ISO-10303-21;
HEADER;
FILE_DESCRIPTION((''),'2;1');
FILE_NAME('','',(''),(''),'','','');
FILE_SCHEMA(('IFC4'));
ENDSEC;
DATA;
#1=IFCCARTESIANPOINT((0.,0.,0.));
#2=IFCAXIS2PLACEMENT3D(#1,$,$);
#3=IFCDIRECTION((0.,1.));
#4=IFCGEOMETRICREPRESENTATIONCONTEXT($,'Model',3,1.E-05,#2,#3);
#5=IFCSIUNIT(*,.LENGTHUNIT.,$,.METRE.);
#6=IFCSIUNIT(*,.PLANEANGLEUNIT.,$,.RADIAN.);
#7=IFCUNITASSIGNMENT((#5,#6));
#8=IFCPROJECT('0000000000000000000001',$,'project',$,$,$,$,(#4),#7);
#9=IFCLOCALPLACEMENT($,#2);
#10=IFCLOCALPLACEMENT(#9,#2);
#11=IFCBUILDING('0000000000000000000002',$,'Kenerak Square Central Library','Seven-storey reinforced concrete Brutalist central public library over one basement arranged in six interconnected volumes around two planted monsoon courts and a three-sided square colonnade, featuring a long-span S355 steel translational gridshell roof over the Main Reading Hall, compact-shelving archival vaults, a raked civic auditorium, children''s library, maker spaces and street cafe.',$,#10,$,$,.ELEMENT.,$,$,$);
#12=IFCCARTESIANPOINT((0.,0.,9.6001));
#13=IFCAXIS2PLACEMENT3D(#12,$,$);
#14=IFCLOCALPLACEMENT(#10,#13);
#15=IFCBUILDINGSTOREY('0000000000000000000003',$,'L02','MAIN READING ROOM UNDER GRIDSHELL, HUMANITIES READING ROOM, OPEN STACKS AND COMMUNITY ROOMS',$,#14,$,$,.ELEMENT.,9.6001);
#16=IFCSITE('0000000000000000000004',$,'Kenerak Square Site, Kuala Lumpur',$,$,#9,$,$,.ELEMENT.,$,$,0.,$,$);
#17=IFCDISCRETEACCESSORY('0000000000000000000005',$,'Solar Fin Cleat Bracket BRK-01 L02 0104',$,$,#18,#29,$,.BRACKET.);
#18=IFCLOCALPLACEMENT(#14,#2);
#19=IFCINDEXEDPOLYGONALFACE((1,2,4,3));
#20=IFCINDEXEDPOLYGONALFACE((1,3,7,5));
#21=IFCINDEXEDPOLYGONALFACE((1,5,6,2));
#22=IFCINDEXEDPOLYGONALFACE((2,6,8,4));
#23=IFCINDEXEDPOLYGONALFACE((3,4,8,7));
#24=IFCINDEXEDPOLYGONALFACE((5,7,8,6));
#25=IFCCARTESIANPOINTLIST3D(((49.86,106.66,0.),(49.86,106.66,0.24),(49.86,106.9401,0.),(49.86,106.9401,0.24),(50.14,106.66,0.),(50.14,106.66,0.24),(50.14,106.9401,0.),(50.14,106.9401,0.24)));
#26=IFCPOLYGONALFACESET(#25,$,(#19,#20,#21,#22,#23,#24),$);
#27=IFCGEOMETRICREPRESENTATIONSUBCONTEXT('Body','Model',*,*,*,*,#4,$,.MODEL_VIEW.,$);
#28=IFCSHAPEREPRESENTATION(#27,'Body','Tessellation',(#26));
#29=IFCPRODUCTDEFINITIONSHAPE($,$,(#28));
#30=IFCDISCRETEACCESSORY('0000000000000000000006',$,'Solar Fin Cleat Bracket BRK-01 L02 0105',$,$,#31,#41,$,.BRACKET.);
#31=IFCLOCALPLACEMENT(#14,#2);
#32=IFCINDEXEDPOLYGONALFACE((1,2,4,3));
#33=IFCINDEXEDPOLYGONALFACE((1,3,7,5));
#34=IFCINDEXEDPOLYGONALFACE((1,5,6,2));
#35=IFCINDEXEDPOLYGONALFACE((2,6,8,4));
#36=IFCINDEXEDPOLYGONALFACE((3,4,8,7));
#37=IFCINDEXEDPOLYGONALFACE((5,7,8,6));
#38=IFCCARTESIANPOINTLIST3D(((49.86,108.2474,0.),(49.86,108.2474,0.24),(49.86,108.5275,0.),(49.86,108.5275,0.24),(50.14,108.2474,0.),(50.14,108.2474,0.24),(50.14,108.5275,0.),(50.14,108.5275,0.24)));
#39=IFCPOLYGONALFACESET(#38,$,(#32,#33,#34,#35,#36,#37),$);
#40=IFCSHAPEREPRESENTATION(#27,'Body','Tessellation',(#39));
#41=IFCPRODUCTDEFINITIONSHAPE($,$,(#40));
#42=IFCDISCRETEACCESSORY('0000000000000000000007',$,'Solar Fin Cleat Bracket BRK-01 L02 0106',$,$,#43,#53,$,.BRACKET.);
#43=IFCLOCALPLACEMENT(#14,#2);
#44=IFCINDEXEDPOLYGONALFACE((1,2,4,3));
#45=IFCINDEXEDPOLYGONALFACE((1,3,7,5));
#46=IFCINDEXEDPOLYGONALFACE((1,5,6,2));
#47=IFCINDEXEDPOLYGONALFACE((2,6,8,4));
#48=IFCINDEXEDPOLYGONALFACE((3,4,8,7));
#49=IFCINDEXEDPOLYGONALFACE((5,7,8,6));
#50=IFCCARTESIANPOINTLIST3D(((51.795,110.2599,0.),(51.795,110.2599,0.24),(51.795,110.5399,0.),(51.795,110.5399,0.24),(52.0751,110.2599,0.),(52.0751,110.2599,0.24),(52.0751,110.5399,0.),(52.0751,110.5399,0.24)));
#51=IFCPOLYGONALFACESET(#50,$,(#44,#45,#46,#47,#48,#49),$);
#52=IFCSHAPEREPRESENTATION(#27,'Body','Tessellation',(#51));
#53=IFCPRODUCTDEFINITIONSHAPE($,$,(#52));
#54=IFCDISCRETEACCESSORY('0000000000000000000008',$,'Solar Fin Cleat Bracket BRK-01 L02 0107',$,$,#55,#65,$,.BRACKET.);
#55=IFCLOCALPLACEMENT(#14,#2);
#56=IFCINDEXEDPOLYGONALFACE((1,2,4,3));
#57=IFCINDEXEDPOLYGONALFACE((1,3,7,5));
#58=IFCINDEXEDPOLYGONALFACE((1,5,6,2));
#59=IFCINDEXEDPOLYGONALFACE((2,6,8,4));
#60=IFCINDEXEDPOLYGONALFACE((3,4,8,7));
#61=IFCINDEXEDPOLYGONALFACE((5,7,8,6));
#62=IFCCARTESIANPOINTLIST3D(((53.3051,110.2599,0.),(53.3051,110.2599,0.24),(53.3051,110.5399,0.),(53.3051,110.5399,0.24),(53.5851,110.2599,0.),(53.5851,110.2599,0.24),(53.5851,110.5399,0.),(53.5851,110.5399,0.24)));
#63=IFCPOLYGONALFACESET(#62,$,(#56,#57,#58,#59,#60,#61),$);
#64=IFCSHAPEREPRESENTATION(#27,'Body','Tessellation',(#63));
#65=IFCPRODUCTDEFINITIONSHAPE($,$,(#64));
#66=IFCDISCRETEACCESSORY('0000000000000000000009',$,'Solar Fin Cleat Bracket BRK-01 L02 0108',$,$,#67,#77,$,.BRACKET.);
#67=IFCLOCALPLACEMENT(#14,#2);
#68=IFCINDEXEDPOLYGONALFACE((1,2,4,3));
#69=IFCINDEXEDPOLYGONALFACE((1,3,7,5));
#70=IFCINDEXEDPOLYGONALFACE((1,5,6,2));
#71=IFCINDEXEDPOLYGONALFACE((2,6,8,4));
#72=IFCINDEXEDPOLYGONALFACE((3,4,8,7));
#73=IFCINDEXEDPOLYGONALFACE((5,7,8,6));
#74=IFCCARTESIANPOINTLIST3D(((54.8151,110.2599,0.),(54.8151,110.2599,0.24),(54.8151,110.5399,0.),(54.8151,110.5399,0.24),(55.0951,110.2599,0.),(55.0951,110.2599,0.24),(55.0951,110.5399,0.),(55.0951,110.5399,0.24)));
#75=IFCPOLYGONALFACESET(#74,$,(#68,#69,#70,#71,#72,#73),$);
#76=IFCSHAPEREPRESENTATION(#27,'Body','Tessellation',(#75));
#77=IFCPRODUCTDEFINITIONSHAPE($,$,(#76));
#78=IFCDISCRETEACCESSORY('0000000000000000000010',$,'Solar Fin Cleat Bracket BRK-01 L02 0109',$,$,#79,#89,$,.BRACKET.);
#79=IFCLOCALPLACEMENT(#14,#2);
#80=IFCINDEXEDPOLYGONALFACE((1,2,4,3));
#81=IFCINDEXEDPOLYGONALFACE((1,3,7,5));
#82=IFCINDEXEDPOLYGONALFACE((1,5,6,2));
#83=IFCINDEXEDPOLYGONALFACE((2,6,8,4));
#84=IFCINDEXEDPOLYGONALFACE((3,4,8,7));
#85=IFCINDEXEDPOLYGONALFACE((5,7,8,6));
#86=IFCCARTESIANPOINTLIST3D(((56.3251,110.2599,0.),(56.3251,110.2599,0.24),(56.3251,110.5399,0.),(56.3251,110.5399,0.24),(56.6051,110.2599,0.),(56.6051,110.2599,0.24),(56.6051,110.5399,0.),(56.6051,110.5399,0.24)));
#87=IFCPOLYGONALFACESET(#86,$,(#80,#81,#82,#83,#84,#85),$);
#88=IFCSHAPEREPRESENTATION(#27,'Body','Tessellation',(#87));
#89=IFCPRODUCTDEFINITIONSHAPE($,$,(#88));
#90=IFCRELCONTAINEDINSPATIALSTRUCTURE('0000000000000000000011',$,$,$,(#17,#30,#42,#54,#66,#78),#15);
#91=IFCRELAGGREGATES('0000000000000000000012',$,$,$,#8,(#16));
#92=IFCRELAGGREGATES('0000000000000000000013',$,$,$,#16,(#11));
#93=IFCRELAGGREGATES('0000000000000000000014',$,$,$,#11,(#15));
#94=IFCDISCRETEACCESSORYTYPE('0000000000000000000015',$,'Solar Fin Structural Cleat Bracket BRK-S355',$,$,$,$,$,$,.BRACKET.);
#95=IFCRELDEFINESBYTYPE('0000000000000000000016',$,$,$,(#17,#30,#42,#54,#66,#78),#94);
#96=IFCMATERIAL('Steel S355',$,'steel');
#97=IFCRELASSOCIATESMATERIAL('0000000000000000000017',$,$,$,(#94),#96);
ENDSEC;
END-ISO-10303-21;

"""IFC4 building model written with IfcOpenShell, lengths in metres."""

from ifc_helpers import new_model, si_unit, direction, frame, origin, origin_2d, place, context, subcontext, project, spatial, rectangle, extrude, material, type_object, element, save


model = new_model("IFC4")

# Units and contexts
model_context = context("Model", 3, precision=1e-05, world=origin(), true_north=direction((0.0, 1.0)))
body_context = subcontext(model_context, "Body", "Model", "MODEL_VIEW")
ifc_project = project(units=[si_unit("LENGTHUNIT", "METRE"), si_unit("PLANEANGLEUNIT", "RADIAN")], contexts=[model_context])

# Site, building, storey
site_placement = place(None, origin())
site = spatial("IfcSite", under=ifc_project, at=site_placement, Name="Kenerak Square Site, Kuala Lumpur", CompositionType="ELEMENT", RefElevation=0.0)
building_placement = place(site_placement, origin())
building = spatial("IfcBuilding", under=site, at=building_placement, Name="Kenerak Square Central Library", Description="Seven-storey reinforced concrete Brutalist central public library over one basement arranged in six interconnected volumes around two planted monsoon courts and a three-sided square colonnade, featuring a long-span S355 steel translational gridshell roof over the Main Reading Hall, compact-shelving archival vaults, a raked civic auditorium, children's library, maker spaces and street cafe.", CompositionType="ELEMENT")
storey_placement = place(building_placement, frame((0.0, 0.0, 9.6001)))
storey = spatial("IfcBuildingStorey", under=building, at=storey_placement, Name="L02", Description="MAIN READING ROOM UNDER GRIDSHELL, HUMANITIES READING ROOM, OPEN STACKS AND COMMUNITY ROOMS", CompositionType="ELEMENT", Elevation=9.6001)

# Discrete accessories
ifc_material_1 = material(Name="Steel S355", Category="steel")
discrete_accessory_type = type_object("IfcDiscreteAccessoryType", Name="Solar Fin Structural Cleat Bracket BRK-S355", PredefinedType="BRACKET", material=ifc_material_1)
for number, where, z_axis, x_axis, name in (
    (1, (50.0, 106.8, 0.0), (0.0, 0.0, 1.0), (0.0, 1.0, 0.0), "Solar Fin Cleat Bracket BRK-01 L02 0104"),
    (2, (50.0, 108.3875, 0.0), (0.0, 0.0, 1.0), (0.0, 1.0, 0.0), "Solar Fin Cleat Bracket BRK-01 L02 0105"),
    (3, (51.9351, 110.3999, 0.0), (0.0, 0.0, 1.0), (1.0, 0.0, 0.0), "Solar Fin Cleat Bracket BRK-01 L02 0106"),
    (4, (53.4451, 110.3999, 0.0), (0.0, 0.0, 1.0), (1.0, 0.0, 0.0), "Solar Fin Cleat Bracket BRK-01 L02 0107"),
    (5, (54.9551, 110.3999, 0.0), (0.0, 0.0, 1.0), (1.0, 0.0, 0.0), "Solar Fin Cleat Bracket BRK-01 L02 0108"),
    (6, (56.4651, 110.3999, 0.0), (0.0, 0.0, 1.0), (1.0, 0.0, 0.0), "Solar Fin Cleat Bracket BRK-01 L02 0109"),
):
    element("IfcDiscreteAccessory", number, at=place(storey_placement, frame(where, z_axis=z_axis, x_axis=x_axis)), inside=storey, type_object=discrete_accessory_type, Name=name, PredefinedType="BRACKET", context=body_context, shape_type="SweptSolid", body=[
        extrude(rectangle(XDim=0.28, YDim=0.28, at=origin_2d()), origin(), (0.0, 0.0, 1.0), 0.24),
    ])

save(model, "model.ifc")
